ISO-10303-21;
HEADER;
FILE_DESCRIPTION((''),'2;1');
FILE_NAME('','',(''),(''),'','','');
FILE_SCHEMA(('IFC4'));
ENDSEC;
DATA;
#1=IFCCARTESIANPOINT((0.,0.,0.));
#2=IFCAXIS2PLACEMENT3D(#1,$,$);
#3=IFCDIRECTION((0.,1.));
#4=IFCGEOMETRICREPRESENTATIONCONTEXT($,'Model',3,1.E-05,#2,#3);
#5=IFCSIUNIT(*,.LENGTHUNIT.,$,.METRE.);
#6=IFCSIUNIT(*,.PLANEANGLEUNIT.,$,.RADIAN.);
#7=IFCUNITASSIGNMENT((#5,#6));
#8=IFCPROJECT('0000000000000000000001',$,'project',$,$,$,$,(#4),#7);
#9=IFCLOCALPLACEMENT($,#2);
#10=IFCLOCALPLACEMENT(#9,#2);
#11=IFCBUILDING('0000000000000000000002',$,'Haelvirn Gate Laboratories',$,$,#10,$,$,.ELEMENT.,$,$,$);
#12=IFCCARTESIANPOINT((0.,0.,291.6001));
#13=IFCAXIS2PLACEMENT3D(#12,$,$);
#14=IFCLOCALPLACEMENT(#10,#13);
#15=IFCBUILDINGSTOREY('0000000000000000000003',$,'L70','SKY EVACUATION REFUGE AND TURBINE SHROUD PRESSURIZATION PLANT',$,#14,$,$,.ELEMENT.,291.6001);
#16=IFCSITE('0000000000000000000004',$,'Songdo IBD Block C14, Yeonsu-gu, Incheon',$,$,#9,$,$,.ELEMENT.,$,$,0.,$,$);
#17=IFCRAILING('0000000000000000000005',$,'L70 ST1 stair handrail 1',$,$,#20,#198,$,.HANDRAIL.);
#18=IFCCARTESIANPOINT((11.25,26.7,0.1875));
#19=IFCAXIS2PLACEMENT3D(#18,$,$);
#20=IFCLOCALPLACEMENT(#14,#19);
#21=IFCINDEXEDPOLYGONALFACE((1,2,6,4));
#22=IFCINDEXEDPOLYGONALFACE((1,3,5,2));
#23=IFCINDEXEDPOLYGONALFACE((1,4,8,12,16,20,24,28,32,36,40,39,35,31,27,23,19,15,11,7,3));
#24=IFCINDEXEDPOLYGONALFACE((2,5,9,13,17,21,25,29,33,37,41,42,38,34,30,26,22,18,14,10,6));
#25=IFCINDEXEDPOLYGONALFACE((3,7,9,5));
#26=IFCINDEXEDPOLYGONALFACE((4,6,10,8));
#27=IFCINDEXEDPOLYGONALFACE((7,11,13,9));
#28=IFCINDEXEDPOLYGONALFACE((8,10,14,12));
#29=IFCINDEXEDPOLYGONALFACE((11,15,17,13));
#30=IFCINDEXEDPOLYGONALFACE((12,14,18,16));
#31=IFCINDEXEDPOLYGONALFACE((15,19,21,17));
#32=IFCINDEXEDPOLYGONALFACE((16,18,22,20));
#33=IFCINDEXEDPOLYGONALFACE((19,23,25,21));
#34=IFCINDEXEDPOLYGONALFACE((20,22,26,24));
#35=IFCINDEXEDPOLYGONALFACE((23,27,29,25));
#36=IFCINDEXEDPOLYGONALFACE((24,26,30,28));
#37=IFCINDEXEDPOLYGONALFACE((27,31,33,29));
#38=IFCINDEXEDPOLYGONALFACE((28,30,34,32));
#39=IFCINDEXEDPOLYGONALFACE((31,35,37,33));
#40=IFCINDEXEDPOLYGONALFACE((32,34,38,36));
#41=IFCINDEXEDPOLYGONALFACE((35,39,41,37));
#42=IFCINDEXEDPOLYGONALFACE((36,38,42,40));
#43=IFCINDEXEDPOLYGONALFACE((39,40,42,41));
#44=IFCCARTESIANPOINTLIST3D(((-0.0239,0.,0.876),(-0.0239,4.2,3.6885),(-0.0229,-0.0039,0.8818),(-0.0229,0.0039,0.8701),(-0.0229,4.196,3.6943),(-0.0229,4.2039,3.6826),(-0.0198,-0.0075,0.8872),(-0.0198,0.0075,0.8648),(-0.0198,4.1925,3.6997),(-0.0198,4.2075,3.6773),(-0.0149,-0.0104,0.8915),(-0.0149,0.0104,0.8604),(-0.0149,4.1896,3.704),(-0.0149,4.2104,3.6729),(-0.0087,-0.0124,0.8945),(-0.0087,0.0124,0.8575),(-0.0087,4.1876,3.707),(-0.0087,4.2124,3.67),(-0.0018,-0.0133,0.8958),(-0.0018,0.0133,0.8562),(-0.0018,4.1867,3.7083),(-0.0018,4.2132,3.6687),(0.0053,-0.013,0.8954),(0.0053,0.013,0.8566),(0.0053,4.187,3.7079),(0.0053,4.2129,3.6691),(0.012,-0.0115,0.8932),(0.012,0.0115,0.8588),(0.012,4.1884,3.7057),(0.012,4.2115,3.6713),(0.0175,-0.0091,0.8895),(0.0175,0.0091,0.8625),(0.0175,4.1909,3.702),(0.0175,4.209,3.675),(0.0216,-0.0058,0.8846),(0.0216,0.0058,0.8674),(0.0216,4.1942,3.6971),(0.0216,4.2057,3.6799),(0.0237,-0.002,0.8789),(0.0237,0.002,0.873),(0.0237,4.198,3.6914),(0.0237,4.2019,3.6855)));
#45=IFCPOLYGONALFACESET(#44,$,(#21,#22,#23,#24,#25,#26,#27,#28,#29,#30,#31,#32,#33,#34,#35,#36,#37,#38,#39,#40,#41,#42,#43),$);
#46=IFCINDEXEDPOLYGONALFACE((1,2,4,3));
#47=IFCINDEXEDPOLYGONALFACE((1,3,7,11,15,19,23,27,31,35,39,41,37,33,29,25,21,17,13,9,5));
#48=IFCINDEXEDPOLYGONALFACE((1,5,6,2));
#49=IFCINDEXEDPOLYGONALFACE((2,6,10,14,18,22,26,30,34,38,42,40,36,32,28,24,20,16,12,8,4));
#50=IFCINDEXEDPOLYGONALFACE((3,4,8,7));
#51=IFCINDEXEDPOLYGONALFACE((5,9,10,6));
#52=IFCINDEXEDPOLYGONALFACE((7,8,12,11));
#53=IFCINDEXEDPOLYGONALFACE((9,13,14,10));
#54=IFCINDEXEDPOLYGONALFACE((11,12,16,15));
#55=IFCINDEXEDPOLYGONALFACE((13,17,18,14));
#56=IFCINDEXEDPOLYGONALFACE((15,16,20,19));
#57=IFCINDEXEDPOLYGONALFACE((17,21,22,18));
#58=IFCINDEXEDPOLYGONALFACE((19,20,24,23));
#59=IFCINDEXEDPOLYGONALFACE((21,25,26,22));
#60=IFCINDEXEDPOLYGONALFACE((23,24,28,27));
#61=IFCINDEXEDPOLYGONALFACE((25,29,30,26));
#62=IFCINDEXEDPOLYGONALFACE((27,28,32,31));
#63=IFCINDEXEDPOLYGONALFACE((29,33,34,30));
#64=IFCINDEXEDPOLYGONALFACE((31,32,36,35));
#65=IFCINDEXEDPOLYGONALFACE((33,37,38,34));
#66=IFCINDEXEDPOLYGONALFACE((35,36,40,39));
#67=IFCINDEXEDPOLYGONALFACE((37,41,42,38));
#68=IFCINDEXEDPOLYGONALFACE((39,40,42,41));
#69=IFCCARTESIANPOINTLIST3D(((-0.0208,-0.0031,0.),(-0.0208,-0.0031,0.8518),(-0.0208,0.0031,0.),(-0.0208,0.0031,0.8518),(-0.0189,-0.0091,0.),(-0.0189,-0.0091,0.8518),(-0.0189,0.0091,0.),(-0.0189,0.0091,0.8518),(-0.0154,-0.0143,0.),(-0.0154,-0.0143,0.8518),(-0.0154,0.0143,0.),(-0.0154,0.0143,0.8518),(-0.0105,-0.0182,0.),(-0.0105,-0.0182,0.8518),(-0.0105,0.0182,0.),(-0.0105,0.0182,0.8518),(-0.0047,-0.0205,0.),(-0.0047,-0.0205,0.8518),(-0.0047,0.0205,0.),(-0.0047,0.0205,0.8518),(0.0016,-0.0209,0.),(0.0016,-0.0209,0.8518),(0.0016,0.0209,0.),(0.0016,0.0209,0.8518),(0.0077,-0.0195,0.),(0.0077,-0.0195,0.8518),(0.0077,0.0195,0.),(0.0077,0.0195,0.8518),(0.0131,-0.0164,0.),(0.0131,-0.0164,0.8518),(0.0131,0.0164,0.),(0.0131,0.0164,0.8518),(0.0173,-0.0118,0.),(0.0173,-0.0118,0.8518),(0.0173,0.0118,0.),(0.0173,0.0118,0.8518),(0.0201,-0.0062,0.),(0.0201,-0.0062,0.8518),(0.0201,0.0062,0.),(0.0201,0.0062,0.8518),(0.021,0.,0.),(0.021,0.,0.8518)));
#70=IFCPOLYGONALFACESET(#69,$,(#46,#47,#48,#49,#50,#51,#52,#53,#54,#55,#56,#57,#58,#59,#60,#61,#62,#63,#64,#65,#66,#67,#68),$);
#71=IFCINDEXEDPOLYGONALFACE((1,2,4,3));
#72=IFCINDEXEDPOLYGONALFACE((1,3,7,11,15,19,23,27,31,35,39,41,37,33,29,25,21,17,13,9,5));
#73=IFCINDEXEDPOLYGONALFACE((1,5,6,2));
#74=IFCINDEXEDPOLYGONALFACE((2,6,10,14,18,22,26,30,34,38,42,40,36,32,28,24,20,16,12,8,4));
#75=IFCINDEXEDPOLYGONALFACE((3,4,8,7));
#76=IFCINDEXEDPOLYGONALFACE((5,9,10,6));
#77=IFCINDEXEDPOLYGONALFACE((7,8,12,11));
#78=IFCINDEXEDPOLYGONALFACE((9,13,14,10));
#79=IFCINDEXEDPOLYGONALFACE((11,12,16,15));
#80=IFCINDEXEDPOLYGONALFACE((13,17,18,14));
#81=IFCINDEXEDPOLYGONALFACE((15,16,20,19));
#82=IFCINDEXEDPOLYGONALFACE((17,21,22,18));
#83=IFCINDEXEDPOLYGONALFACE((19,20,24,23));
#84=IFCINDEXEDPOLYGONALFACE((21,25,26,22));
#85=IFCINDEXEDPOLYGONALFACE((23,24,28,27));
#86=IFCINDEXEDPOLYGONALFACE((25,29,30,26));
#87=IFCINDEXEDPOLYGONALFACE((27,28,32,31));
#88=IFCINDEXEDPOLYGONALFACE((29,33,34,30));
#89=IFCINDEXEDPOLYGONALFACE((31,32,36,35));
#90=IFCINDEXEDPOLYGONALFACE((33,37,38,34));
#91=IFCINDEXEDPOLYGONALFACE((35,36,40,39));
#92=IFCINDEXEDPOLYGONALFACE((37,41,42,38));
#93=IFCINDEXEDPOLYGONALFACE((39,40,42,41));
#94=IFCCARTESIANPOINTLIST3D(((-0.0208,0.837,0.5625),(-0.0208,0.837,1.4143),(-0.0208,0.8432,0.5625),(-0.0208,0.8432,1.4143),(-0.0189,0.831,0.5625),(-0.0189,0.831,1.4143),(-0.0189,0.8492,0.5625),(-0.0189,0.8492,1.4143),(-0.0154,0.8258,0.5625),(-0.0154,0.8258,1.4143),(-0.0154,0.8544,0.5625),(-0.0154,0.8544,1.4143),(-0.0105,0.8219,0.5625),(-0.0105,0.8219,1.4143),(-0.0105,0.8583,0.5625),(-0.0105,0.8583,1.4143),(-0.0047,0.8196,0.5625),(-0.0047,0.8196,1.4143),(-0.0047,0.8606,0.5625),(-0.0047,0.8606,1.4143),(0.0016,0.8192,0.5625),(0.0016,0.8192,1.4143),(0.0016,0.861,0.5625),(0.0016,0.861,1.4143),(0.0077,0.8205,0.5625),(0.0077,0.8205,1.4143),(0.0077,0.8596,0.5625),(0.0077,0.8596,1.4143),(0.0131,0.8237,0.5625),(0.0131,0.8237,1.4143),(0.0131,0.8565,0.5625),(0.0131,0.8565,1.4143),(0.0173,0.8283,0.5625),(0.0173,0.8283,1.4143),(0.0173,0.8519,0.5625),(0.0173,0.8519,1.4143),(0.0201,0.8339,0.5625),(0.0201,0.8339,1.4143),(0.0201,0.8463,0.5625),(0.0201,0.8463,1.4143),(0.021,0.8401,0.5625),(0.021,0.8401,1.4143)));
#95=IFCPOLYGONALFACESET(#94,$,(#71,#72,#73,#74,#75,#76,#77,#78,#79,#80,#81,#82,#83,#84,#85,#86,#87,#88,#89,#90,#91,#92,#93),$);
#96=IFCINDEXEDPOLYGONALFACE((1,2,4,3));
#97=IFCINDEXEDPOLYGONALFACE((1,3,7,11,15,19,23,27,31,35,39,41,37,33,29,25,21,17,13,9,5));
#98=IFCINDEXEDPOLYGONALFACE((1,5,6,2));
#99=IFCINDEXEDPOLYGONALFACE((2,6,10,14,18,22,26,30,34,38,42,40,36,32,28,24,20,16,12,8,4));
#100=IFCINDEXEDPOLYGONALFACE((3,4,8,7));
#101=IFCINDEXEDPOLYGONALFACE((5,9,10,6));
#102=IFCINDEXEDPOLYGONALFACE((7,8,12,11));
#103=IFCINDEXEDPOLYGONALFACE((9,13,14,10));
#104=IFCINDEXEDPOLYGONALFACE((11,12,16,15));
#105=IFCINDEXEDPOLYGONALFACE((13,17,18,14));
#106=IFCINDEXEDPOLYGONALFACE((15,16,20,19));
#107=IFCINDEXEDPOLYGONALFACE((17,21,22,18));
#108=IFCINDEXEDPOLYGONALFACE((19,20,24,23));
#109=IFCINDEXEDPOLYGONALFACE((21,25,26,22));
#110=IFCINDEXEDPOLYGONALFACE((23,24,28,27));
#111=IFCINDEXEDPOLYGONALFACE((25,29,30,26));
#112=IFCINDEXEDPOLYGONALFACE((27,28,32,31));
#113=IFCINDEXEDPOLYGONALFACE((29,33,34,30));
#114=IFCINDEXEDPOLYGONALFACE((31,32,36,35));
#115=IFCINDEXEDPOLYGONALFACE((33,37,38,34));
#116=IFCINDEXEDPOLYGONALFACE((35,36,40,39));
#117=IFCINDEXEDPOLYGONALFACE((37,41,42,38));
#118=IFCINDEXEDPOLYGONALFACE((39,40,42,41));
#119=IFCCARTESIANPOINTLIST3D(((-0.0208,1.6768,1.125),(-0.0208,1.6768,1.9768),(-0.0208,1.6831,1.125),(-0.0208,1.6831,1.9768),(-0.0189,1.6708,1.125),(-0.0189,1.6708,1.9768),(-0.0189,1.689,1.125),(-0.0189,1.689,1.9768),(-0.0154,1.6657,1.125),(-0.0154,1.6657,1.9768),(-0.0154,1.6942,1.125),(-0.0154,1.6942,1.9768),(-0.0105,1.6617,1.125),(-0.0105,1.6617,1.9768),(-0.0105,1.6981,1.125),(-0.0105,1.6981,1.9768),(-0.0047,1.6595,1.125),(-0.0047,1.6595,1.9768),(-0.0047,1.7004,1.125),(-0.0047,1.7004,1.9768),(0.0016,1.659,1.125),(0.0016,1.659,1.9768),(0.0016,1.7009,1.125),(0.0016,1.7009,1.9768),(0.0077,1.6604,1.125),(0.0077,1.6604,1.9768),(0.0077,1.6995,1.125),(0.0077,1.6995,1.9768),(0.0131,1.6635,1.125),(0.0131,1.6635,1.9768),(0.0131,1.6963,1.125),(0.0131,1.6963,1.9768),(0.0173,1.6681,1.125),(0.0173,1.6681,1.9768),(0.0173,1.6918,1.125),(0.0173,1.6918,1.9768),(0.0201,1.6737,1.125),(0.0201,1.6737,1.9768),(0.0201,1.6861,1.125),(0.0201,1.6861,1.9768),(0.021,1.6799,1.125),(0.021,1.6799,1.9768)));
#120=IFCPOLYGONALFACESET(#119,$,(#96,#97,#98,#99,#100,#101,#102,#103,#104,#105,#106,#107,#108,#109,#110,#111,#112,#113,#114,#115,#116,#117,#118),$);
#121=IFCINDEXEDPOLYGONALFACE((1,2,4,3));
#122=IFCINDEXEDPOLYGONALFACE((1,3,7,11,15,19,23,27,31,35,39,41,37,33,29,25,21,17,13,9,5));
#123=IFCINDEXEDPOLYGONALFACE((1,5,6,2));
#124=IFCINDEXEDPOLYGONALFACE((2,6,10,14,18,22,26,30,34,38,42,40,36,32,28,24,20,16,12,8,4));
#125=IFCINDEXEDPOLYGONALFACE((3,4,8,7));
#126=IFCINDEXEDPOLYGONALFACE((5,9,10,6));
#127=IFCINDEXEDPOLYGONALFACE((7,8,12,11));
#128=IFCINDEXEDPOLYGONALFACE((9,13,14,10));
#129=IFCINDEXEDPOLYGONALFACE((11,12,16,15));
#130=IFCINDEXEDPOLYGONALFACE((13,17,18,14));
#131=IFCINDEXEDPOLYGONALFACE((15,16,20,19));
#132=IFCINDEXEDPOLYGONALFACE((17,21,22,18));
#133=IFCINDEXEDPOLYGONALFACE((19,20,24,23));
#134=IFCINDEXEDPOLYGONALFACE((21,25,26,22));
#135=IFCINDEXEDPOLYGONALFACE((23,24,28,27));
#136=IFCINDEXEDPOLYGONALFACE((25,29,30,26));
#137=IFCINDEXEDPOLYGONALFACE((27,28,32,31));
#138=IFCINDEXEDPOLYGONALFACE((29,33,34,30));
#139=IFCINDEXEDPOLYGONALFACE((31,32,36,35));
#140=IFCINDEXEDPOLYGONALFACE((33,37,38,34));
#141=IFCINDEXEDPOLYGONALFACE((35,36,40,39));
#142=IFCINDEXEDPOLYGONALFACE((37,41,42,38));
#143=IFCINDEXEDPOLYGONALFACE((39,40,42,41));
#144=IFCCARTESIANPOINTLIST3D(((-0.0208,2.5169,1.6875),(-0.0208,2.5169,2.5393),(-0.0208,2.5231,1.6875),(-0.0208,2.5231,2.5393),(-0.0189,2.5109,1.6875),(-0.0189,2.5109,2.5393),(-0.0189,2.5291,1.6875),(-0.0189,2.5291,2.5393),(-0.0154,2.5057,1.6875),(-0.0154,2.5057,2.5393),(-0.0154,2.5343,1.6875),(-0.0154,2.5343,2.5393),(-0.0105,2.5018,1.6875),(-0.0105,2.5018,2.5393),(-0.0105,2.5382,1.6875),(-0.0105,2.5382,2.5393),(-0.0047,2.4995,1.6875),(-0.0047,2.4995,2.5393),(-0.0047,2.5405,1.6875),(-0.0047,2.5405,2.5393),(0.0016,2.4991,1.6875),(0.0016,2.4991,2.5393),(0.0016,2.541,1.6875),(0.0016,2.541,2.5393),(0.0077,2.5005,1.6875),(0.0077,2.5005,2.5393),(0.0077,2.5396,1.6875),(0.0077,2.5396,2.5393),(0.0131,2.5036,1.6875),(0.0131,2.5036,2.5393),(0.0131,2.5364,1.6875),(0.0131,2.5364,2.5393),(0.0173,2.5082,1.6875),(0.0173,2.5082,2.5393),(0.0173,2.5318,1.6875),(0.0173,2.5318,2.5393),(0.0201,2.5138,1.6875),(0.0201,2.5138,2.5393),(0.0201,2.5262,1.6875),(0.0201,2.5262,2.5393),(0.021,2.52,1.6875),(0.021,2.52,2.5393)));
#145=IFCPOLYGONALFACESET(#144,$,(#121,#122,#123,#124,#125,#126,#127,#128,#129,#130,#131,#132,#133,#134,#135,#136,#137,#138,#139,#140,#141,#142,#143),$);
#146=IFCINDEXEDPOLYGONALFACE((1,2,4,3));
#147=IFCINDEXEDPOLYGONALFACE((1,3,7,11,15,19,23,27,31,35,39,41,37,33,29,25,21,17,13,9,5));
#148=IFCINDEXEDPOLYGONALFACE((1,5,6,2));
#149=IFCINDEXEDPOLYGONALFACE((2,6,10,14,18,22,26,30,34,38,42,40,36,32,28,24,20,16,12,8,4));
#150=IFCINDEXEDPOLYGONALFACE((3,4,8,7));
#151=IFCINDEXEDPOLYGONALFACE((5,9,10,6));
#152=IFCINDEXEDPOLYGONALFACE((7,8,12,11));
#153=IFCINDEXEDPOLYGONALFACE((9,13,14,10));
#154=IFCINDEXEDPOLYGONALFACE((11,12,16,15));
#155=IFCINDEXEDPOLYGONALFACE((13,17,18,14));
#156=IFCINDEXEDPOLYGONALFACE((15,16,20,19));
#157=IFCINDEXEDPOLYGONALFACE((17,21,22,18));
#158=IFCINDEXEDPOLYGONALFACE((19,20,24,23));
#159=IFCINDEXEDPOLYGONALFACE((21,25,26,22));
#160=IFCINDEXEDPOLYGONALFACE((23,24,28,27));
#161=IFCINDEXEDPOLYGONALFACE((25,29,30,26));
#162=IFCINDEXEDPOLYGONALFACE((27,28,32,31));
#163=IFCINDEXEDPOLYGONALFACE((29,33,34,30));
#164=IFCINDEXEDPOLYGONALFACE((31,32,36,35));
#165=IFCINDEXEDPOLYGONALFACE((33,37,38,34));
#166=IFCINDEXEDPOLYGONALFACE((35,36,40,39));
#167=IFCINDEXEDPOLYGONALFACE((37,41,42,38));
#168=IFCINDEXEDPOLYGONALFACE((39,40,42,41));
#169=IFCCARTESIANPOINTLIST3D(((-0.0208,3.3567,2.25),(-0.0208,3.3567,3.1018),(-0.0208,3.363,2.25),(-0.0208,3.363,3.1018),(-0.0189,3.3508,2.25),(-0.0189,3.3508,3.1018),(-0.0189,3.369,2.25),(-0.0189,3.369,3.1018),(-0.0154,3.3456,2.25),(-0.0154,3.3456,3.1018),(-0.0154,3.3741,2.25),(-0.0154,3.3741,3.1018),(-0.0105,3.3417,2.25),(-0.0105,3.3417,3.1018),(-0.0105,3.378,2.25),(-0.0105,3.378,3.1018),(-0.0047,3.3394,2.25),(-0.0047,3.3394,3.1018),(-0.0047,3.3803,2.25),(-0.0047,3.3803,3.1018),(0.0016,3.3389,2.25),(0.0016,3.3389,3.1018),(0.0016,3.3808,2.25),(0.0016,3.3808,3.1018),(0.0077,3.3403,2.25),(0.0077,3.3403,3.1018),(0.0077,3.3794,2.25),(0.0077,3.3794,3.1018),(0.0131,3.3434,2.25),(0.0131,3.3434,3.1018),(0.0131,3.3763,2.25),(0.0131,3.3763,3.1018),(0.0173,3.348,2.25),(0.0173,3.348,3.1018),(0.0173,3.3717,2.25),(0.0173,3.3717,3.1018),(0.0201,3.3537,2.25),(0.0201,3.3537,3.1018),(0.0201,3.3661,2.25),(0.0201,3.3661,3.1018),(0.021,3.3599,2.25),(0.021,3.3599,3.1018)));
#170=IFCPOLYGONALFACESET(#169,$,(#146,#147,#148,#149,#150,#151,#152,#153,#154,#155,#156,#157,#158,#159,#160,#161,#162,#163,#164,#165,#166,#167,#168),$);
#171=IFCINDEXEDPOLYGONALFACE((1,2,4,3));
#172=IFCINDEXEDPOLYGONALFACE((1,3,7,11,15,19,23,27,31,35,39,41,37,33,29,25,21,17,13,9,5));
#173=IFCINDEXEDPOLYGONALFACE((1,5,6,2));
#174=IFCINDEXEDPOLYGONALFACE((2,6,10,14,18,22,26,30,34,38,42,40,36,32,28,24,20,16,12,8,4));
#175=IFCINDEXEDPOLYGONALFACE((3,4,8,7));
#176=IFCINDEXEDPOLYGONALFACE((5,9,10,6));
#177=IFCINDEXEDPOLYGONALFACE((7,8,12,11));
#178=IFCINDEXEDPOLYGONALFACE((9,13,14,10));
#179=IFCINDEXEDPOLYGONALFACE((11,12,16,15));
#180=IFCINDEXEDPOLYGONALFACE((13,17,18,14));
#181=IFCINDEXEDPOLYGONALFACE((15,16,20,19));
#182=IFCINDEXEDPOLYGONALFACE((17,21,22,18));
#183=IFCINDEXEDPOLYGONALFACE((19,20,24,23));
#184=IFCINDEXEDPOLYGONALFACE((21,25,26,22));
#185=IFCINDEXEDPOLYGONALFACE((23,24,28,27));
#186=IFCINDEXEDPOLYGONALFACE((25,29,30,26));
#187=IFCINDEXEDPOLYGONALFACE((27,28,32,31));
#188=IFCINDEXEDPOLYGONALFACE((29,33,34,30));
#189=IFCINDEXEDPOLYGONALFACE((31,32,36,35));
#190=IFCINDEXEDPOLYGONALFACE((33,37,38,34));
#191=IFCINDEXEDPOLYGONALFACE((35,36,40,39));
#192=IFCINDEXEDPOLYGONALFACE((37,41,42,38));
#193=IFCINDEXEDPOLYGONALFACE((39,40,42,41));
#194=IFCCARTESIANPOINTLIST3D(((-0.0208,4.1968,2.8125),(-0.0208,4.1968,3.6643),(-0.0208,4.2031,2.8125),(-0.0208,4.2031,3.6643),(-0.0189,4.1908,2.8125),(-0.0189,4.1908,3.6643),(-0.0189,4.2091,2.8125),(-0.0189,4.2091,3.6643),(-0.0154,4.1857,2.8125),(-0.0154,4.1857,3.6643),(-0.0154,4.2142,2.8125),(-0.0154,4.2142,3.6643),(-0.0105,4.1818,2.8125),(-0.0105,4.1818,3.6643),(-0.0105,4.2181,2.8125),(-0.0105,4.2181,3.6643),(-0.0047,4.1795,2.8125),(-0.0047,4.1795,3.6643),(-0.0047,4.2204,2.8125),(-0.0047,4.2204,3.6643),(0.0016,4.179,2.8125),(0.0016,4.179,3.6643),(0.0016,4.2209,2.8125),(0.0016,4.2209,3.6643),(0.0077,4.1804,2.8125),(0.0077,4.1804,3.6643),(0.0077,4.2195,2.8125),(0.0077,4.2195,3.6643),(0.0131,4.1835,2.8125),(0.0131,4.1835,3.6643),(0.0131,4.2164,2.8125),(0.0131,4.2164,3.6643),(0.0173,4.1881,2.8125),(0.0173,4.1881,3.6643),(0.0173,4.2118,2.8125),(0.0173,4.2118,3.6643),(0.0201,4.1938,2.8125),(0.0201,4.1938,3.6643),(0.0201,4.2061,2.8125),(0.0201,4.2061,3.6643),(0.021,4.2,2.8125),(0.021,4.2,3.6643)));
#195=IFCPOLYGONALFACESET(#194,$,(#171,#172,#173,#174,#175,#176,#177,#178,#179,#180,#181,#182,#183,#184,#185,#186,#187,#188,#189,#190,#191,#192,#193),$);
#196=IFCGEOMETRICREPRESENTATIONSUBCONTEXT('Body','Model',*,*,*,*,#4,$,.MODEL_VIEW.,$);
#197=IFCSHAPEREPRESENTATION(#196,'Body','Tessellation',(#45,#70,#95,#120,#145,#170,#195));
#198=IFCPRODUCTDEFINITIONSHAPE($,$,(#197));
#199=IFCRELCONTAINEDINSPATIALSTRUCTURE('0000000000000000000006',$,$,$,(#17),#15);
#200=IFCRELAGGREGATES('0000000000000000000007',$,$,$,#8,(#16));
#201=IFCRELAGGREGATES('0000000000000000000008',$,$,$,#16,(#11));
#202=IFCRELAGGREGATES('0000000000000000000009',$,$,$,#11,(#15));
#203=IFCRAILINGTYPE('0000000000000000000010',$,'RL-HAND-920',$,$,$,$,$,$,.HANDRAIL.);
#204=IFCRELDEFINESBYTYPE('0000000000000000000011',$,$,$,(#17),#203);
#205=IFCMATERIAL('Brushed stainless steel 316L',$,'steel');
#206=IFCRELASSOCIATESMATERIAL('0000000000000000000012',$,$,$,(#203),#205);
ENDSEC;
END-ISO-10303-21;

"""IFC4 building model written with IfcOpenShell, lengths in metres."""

from ifc_helpers import new_model, si_unit, direction, frame, origin, origin_2d, place, context, subcontext, project, spatial, circle, extrude, source, transform, mapped, material, type_object, type_shapes, element, save


model = new_model("IFC4")

# Units and contexts
model_context = context("Model", 3, precision=1e-05, world=origin(), true_north=direction((0.0, 1.0)))
body_context = subcontext(model_context, "Body", "Model", "MODEL_VIEW")
ifc_project = project(units=[si_unit("LENGTHUNIT", "METRE"), si_unit("PLANEANGLEUNIT", "RADIAN")], contexts=[model_context])

# Site, building, storey
site_placement = place(None, origin())
site = spatial("IfcSite", under=ifc_project, at=site_placement, Name="Songdo IBD Block C14, Yeonsu-gu, Incheon", CompositionType="ELEMENT", RefElevation=0.0)
building_placement = place(site_placement, origin())
building = spatial("IfcBuilding", under=site, at=building_placement, Name="Haelvirn Gate Laboratories", CompositionType="ELEMENT")
storey_placement = place(building_placement, frame((0.0, 0.0, 291.6001)))
storey = spatial("IfcBuildingStorey", under=building, at=storey_placement, Name="L70", Description="SKY EVACUATION REFUGE AND TURBINE SHROUD PRESSURIZATION PLANT", CompositionType="ELEMENT", Elevation=291.6001)

# Railing
ifc_material_1 = material(Name="Brushed stainless steel 316L", Category="steel")
railing_type = type_object("IfcRailingType", Name="RL-HAND-920", PredefinedType="HANDRAIL", material=ifc_material_1)
shared_shape_1 = source(origin(), body_context, "Body", "SweptSolid", [
    extrude(circle(Radius=0.0239, at=origin_2d()), frame((0.0, 0.0, 0.876), z_axis=(0.0, 0.830904, 0.556416), x_axis=(-1.0, 0.0, 0.0)), (0.0, 0.0, 1.0), 5.0547),
    extrude(circle(Radius=0.021, at=origin_2d()), origin(), (0.0, 0.0, 1.0), 0.8518),
    extrude(circle(Radius=0.021, at=origin_2d()), frame((0.0, 0.8401, 0.5625)), (0.0, 0.0, 1.0), 0.8518),
    extrude(circle(Radius=0.021, at=origin_2d()), frame((0.0, 1.6799, 1.125)), (0.0, 0.0, 1.0), 0.8518),
    extrude(circle(Radius=0.021, at=origin_2d()), frame((0.0, 2.52, 1.6875)), (0.0, 0.0, 1.0), 0.8518),
    extrude(circle(Radius=0.021, at=origin_2d()), frame((0.0, 3.3599, 2.25)), (0.0, 0.0, 1.0), 0.8518),
    extrude(circle(Radius=0.021, at=origin_2d()), frame((0.0, 4.2, 2.8125)), (0.0, 0.0, 1.0), 0.8518),
])
type_shapes(railing_type, [shared_shape_1])
railing_placement = place(storey_placement, frame((11.25, 26.7, 0.1875)))
element("IfcRailing", 1, at=railing_placement, inside=storey, type_object=railing_type, Name="L70 ST1 stair handrail 1", PredefinedType="HANDRAIL", context=body_context, shape_type="MappedRepresentation", body=[
    mapped(shared_shape_1, transform((0.0, 0.0, 0.0), scale=1.0)),
])

save(model, "model.ifc")
